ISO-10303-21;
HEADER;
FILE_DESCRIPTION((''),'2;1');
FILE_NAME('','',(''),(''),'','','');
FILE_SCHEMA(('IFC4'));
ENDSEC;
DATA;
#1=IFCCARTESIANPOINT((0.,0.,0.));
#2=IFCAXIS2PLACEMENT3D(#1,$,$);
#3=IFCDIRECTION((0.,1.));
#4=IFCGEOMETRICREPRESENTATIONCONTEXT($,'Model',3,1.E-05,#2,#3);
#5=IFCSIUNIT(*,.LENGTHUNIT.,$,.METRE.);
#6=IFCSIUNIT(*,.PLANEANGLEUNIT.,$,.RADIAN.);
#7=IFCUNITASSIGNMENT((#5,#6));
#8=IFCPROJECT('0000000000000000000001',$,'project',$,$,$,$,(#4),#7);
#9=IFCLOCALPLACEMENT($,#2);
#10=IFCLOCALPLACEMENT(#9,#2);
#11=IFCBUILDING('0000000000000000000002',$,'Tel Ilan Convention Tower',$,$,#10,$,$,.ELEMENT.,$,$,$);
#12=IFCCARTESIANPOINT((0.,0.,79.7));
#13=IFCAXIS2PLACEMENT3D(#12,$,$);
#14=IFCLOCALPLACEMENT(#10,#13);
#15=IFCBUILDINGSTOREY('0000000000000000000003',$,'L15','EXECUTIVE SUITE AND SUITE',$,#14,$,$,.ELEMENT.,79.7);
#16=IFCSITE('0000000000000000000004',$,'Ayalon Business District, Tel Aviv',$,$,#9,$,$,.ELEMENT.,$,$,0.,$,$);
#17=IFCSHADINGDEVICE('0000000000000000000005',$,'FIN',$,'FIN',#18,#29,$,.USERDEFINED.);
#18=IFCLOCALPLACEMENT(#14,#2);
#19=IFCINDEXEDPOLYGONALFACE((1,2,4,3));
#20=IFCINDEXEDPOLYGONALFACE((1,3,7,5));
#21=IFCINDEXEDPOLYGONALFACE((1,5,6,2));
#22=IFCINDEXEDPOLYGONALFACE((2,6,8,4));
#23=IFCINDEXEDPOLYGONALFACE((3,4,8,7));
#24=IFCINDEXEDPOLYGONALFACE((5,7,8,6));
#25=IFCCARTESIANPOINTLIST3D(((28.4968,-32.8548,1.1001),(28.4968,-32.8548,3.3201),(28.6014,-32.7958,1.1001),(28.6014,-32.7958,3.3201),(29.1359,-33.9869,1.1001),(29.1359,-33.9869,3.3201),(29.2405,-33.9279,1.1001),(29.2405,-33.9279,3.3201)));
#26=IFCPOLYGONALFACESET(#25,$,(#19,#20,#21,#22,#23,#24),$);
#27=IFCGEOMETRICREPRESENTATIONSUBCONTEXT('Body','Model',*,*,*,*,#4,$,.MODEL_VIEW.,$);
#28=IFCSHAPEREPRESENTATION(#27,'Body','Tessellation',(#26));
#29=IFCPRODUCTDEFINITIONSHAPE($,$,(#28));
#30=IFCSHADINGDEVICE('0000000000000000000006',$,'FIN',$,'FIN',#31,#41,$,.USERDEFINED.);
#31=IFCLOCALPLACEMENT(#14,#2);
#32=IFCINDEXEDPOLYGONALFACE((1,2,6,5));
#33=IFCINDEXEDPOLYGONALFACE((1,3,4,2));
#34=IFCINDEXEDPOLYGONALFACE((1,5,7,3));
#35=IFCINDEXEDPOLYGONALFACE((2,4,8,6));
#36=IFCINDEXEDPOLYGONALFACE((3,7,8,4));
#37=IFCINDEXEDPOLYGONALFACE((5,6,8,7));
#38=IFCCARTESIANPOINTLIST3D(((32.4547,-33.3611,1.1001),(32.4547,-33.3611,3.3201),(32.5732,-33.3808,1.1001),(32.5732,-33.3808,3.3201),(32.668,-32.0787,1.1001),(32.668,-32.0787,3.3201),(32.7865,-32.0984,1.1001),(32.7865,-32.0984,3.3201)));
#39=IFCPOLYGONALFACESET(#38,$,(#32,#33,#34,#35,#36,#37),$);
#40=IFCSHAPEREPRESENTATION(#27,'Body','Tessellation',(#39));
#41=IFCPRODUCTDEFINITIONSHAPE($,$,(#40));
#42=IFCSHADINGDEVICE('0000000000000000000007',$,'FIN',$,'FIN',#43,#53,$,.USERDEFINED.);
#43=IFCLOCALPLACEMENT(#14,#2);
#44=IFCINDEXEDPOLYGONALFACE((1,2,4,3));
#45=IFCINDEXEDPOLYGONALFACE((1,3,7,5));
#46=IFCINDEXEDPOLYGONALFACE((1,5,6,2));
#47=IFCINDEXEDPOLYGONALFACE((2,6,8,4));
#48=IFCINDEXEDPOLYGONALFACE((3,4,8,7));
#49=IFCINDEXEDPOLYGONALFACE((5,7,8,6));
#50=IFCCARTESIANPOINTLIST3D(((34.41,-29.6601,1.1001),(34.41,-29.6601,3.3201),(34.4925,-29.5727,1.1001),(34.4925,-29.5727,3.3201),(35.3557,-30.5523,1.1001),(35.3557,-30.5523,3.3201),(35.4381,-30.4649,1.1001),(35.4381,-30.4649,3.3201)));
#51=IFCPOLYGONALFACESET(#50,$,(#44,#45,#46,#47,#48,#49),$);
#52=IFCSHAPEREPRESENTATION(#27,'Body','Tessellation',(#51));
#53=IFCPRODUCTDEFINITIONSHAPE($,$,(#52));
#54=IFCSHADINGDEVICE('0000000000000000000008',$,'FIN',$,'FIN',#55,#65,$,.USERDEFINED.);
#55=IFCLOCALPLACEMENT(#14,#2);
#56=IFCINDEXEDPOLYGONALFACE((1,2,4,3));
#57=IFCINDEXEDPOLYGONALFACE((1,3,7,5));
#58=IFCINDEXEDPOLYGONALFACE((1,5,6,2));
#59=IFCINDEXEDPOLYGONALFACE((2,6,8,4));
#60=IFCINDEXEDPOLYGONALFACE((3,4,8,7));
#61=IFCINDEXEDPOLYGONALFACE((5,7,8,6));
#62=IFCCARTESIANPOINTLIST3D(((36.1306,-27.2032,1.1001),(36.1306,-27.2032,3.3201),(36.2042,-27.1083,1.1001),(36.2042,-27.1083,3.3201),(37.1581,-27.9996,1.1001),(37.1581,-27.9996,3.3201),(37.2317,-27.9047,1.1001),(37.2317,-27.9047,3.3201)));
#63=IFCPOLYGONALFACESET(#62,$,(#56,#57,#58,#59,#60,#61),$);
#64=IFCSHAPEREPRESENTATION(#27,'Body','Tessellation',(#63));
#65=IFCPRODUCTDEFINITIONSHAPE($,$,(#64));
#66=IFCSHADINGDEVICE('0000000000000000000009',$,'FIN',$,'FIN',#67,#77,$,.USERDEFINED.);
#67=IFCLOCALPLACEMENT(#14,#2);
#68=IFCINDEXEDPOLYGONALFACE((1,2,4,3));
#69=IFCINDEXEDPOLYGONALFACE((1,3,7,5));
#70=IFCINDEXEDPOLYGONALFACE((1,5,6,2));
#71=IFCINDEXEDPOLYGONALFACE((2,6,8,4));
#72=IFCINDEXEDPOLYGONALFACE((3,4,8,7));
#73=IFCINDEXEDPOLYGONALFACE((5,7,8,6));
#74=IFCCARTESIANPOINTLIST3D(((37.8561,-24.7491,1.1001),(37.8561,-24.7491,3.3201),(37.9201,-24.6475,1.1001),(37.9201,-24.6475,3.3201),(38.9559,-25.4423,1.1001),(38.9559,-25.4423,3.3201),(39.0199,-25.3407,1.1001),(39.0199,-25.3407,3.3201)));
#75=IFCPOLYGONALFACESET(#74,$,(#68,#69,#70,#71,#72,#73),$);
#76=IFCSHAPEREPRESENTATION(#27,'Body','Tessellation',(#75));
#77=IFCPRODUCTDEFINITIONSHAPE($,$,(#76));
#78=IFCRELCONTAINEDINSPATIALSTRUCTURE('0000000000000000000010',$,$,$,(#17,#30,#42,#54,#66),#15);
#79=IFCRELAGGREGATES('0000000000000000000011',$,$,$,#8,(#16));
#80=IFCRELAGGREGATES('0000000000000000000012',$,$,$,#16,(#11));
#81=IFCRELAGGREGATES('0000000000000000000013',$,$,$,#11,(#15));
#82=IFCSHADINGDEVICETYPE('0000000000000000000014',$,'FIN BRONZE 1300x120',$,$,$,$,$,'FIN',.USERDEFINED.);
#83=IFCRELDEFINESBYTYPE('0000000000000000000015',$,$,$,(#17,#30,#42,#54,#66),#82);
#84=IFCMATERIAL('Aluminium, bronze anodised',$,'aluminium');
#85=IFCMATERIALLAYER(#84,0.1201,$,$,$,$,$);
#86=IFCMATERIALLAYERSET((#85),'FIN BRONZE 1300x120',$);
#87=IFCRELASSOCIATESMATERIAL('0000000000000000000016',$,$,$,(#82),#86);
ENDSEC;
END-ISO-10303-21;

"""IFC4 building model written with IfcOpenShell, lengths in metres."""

from ifc_helpers import new_model, si_unit, direction, frame, origin, origin_2d, place, context, subcontext, project, spatial, rectangle, extrude, material, layer, layer_set, type_object, element, save


model = new_model("IFC4")

# Units and contexts
model_context = context("Model", 3, precision=1e-05, world=origin(), true_north=direction((0.0, 1.0)))
body_context = subcontext(model_context, "Body", "Model", "MODEL_VIEW")
ifc_project = project(units=[si_unit("LENGTHUNIT", "METRE"), si_unit("PLANEANGLEUNIT", "RADIAN")], contexts=[model_context])

# Site, building, storey
site_placement = place(None, origin())
site = spatial("IfcSite", under=ifc_project, at=site_placement, Name="Ayalon Business District, Tel Aviv", CompositionType="ELEMENT", RefElevation=0.0)
building_placement = place(site_placement, origin())
building = spatial("IfcBuilding", under=site, at=building_placement, Name="Tel Ilan Convention Tower", CompositionType="ELEMENT")
storey_placement = place(building_placement, frame((0.0, 0.0, 79.7)))
storey = spatial("IfcBuildingStorey", under=building, at=storey_placement, Name="L15", Description="EXECUTIVE SUITE AND SUITE", CompositionType="ELEMENT", Elevation=79.7)

# Shading devices
ifc_material_1 = material(Name="Aluminium, bronze anodised", Category="aluminium")
ifc_layer_1 = layer(ifc_material_1, 0.1201)
ifc_layer_set_1 = layer_set([ifc_layer_1], Name="FIN BRONZE 1300x120")
shading_device_type = type_object("IfcShadingDeviceType", Name="FIN BRONZE 1300x120", ElementType="FIN", PredefinedType="USERDEFINED", material=ifc_layer_set_1)
for number, where, z_axis, x_axis, name in (
    (1, (28.8687, -33.3914, 1.1001), (0.0, 0.0, 1.0), (0.491579, -0.870833, 0.0), "FIN"),
    (2, (32.6206, -32.7297, 1.1001), (0.0, 0.0, 1.0), (-0.164091, -0.986445, 0.0), "FIN"),
    (3, (34.9241, -30.0625, 1.1001), (0.0, 0.0, 1.0), (0.727374, -0.686242, 0.0), "FIN"),
    (4, (36.6812, -27.554, 1.1001), (0.0, 0.0, 1.0), (0.790393, -0.612601, 0.0), "FIN"),
    (5, (38.438, -25.0449, 1.1001), (0.0, 0.0, 1.0), (0.845986, -0.533204, 0.0), "FIN"),
):
    element("IfcShadingDevice", number, at=place(storey_placement, frame(where, z_axis=z_axis, x_axis=x_axis)), inside=storey, type_object=shading_device_type, Name=name, ObjectType="FIN", PredefinedType="USERDEFINED", context=body_context, shape_type="SweptSolid", body=[
        extrude(rectangle(XDim=1.3, YDim=0.1201, at=origin_2d()), origin(), (0.0, 0.0, 1.0), 2.22),
    ])

save(model, "model.ifc")
